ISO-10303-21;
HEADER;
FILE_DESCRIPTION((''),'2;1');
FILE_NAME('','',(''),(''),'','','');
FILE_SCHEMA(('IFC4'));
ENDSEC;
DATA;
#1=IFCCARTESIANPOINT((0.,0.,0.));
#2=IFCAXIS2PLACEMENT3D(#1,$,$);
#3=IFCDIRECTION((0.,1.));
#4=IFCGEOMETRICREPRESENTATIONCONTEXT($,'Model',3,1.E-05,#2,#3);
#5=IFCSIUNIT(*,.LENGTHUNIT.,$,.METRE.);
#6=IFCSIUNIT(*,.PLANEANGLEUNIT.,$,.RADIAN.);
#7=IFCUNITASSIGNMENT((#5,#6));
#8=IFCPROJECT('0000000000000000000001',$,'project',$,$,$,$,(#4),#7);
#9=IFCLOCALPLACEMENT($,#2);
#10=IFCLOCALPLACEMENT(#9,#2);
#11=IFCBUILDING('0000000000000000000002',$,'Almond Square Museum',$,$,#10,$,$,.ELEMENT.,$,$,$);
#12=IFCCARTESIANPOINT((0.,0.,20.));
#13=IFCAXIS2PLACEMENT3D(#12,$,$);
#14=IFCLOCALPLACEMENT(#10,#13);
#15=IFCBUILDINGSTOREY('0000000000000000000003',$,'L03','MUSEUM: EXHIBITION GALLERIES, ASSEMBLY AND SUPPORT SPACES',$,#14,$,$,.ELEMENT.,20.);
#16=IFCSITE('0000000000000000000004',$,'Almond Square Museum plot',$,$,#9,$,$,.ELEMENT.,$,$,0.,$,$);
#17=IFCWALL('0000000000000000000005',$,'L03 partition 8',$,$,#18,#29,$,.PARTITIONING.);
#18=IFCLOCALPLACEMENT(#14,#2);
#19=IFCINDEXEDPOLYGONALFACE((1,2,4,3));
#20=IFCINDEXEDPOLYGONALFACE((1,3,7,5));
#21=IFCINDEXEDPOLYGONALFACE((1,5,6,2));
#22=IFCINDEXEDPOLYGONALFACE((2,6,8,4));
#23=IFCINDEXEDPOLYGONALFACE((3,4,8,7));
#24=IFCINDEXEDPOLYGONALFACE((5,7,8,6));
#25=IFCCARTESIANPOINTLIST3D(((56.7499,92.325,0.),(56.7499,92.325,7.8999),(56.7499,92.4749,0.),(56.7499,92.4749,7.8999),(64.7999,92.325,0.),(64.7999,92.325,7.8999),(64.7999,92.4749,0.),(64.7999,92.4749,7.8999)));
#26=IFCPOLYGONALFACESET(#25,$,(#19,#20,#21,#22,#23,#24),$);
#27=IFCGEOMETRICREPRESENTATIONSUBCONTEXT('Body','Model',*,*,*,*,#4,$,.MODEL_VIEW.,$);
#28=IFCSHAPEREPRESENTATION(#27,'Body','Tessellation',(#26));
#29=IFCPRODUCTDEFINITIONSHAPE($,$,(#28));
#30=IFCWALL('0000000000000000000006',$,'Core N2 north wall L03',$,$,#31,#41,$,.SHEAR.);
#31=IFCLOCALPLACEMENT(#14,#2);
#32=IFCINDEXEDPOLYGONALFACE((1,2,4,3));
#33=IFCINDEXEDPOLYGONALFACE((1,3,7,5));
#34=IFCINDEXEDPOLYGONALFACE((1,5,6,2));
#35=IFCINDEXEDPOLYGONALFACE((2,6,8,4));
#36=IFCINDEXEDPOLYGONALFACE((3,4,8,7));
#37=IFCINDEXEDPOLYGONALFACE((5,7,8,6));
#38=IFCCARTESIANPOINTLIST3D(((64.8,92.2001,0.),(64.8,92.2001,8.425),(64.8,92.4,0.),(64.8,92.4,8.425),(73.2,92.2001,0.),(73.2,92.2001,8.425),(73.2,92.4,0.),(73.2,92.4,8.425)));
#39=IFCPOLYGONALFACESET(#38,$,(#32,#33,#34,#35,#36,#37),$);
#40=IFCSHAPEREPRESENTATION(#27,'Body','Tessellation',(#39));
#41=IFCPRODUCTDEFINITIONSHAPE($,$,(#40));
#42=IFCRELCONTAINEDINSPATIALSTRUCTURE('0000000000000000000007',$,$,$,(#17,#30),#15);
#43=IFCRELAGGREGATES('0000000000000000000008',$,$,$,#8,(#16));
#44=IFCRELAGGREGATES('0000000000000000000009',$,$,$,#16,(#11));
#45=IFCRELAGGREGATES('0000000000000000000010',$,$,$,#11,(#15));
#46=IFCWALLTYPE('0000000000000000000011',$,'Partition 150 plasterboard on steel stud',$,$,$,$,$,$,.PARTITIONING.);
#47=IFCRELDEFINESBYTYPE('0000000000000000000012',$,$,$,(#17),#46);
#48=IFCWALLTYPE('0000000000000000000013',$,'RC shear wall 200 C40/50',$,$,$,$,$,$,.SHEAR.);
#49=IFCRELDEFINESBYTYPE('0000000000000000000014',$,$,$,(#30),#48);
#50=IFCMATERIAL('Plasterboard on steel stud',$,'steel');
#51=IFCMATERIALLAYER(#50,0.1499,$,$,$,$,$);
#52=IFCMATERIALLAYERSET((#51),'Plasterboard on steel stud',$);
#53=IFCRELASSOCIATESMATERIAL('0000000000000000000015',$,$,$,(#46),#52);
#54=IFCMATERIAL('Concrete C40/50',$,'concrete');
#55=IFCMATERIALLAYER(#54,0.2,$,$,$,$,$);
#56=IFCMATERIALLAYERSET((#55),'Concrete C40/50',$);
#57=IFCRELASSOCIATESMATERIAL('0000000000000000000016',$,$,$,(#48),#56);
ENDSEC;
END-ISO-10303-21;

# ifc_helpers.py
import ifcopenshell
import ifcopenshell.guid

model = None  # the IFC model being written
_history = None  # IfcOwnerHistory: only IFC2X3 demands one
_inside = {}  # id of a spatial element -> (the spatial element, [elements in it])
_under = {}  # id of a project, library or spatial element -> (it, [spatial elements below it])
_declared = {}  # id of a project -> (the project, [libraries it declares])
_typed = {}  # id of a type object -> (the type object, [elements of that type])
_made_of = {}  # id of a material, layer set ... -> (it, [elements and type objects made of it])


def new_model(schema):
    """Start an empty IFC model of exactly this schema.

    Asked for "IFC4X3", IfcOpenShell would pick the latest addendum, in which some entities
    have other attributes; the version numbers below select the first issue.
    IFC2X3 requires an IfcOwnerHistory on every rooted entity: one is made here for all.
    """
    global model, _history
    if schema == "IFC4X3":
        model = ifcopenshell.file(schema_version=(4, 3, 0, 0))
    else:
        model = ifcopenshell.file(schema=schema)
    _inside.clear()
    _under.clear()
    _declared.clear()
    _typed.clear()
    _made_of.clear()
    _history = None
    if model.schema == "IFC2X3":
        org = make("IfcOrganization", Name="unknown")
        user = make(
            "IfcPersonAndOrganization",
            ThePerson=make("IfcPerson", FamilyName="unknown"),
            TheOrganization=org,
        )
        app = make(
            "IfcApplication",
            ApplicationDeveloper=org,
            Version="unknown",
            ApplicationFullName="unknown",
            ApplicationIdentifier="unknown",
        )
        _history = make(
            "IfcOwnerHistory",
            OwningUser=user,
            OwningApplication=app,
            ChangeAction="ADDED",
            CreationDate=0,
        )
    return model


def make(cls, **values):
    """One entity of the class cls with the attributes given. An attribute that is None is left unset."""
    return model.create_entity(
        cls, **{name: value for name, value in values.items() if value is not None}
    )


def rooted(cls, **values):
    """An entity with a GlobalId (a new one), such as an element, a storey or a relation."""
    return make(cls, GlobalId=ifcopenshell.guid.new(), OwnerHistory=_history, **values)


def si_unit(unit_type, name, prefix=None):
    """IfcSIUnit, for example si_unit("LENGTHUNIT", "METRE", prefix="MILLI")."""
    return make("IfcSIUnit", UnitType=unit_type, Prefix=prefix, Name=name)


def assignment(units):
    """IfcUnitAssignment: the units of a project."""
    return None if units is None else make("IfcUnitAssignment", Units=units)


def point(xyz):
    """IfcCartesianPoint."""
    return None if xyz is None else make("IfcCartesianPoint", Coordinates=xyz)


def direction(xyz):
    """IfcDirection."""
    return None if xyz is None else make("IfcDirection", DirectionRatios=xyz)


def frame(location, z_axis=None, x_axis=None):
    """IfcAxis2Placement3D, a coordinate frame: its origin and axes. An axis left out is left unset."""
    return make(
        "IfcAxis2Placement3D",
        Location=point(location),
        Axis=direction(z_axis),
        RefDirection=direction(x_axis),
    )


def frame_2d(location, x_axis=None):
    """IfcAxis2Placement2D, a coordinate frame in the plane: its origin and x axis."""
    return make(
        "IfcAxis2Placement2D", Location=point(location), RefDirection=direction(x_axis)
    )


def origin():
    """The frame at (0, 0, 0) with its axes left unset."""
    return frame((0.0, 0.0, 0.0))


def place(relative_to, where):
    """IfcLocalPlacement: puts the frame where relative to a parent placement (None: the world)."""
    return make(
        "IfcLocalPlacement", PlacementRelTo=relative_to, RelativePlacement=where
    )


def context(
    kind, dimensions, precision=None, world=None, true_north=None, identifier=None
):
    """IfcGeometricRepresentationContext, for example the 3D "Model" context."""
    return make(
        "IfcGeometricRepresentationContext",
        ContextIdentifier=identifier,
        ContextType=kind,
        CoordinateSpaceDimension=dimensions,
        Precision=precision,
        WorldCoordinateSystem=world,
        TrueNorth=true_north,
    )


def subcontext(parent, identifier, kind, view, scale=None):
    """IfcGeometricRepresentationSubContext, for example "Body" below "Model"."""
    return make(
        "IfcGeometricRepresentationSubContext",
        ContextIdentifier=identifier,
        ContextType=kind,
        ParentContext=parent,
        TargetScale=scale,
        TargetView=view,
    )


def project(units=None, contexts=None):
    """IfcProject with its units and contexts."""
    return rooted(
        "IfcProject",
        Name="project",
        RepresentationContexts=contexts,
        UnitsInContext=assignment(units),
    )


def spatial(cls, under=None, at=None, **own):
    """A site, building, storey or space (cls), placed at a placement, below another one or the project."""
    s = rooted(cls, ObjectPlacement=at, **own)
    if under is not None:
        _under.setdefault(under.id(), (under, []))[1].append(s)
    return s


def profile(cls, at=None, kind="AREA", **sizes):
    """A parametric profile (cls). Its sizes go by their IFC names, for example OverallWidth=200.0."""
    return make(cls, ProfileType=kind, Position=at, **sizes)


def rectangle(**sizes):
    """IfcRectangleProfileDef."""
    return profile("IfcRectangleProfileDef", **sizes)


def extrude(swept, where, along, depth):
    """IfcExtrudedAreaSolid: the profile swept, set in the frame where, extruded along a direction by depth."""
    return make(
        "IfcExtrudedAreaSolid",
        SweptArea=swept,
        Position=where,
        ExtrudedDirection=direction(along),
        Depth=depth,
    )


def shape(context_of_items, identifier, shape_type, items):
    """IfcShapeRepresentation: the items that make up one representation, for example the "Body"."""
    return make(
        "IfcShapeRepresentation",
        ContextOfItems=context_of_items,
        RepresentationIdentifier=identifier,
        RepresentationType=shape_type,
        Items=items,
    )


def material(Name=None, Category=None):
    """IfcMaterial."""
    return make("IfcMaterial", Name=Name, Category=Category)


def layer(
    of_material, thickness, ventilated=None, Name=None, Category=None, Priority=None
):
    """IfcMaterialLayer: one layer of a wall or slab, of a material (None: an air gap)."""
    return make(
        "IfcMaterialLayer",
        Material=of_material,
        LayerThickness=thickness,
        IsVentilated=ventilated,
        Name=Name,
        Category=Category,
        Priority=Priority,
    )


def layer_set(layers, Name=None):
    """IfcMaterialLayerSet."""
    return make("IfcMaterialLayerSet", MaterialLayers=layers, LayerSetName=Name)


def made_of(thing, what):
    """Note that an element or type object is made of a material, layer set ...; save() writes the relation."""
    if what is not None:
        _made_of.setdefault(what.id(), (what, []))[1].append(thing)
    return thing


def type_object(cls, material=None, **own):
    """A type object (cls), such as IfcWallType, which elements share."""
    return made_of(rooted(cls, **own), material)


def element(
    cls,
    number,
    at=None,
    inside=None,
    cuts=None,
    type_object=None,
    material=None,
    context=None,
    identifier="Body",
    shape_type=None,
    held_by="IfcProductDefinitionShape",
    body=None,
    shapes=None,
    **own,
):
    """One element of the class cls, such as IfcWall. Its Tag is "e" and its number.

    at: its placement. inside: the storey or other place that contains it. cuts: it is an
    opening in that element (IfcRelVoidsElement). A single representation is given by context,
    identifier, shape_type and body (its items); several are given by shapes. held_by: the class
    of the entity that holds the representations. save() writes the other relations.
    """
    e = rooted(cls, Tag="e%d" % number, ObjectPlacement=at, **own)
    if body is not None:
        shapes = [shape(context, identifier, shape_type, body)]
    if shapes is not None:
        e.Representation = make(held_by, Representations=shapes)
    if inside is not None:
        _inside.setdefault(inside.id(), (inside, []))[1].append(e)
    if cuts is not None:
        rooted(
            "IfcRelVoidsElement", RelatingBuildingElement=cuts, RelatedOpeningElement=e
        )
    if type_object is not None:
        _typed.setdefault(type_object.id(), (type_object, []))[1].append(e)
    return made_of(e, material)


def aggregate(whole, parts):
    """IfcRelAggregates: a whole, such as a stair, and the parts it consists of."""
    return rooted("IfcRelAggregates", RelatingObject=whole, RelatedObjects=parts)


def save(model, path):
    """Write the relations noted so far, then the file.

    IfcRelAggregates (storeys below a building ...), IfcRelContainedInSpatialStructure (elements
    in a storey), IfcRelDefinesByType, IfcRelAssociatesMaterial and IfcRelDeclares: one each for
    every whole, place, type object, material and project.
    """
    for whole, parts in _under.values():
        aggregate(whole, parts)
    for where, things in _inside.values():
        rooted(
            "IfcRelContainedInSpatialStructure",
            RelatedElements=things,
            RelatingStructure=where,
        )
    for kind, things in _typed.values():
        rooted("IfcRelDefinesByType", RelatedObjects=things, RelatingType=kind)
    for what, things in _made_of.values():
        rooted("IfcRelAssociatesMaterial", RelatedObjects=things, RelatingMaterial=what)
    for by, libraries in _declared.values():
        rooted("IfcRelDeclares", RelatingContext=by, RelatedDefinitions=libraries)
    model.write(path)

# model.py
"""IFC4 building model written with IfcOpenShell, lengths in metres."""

from ifc_helpers import new_model, si_unit, direction, frame, frame_2d, origin, place, context, subcontext, project, spatial, rectangle, extrude, material, layer, layer_set, type_object, element, save


model = new_model("IFC4")

# Units and contexts
model_context = context("Model", 3, precision=1e-05, world=origin(), true_north=direction((0.0, 1.0)))
body_context = subcontext(model_context, "Body", "Model", "MODEL_VIEW")
ifc_project = project(units=[si_unit("LENGTHUNIT", "METRE"), si_unit("PLANEANGLEUNIT", "RADIAN")], contexts=[model_context])

# Site, building, storey
site_placement = place(None, origin())
site = spatial("IfcSite", under=ifc_project, at=site_placement, Name="Almond Square Museum plot", CompositionType="ELEMENT", RefElevation=0.0)
building_placement = place(site_placement, origin())
building = spatial("IfcBuilding", under=site, at=building_placement, Name="Almond Square Museum", CompositionType="ELEMENT")
storey_placement = place(building_placement, frame((0.0, 0.0, 20.0)))
storey = spatial("IfcBuildingStorey", under=building, at=storey_placement, Name="L03", Description="MUSEUM: EXHIBITION GALLERIES, ASSEMBLY AND SUPPORT SPACES", CompositionType="ELEMENT", Elevation=20.0)

# Walls
ifc_material_1 = material(Name="Plasterboard on steel stud", Category="steel")
ifc_layer_1 = layer(ifc_material_1, 0.1499)
ifc_layer_set_1 = layer_set([ifc_layer_1], Name="Plasterboard on steel stud")
wall_type_1 = type_object("IfcWallType", Name="Partition 150 plasterboard on steel stud", PredefinedType="PARTITIONING", material=ifc_layer_set_1)
wall_1_placement = place(storey_placement, frame((56.75, 92.3999, 0.0), z_axis=(0.0, 0.0, 1.0), x_axis=(1.0, 0.0, 0.0)))
element("IfcWall", 1, at=wall_1_placement, inside=storey, type_object=wall_type_1, Name="L03 partition 8", PredefinedType="PARTITIONING", context=body_context, shape_type="SweptSolid", body=[
    extrude(rectangle(XDim=8.05, YDim=0.1499, at=frame_2d((4.0249, 0.0))), origin(), (0.0, 0.0, 1.0), 7.8999),
])
ifc_material_2 = material(Name="Concrete C40/50", Category="concrete")
ifc_layer_2 = layer(ifc_material_2, 0.2)
ifc_layer_set_2 = layer_set([ifc_layer_2], Name="Concrete C40/50")
wall_type_2 = type_object("IfcWallType", Name="RC shear wall 200 C40/50", PredefinedType="SHEAR", material=ifc_layer_set_2)
wall_2_placement = place(storey_placement, frame((64.8, 92.3, 0.0), z_axis=(0.0, 0.0, 1.0), x_axis=(1.0, 0.0, 0.0)))
element("IfcWall", 2, at=wall_2_placement, inside=storey, type_object=wall_type_2, Name="Core N2 north wall L03", PredefinedType="SHEAR", context=body_context, shape_type="SweptSolid", body=[
    extrude(rectangle(XDim=8.3999, YDim=0.2, at=frame_2d((4.2, 0.0))), origin(), (0.0, 0.0, 1.0), 8.425),
])

save(model, "model.ifc")
